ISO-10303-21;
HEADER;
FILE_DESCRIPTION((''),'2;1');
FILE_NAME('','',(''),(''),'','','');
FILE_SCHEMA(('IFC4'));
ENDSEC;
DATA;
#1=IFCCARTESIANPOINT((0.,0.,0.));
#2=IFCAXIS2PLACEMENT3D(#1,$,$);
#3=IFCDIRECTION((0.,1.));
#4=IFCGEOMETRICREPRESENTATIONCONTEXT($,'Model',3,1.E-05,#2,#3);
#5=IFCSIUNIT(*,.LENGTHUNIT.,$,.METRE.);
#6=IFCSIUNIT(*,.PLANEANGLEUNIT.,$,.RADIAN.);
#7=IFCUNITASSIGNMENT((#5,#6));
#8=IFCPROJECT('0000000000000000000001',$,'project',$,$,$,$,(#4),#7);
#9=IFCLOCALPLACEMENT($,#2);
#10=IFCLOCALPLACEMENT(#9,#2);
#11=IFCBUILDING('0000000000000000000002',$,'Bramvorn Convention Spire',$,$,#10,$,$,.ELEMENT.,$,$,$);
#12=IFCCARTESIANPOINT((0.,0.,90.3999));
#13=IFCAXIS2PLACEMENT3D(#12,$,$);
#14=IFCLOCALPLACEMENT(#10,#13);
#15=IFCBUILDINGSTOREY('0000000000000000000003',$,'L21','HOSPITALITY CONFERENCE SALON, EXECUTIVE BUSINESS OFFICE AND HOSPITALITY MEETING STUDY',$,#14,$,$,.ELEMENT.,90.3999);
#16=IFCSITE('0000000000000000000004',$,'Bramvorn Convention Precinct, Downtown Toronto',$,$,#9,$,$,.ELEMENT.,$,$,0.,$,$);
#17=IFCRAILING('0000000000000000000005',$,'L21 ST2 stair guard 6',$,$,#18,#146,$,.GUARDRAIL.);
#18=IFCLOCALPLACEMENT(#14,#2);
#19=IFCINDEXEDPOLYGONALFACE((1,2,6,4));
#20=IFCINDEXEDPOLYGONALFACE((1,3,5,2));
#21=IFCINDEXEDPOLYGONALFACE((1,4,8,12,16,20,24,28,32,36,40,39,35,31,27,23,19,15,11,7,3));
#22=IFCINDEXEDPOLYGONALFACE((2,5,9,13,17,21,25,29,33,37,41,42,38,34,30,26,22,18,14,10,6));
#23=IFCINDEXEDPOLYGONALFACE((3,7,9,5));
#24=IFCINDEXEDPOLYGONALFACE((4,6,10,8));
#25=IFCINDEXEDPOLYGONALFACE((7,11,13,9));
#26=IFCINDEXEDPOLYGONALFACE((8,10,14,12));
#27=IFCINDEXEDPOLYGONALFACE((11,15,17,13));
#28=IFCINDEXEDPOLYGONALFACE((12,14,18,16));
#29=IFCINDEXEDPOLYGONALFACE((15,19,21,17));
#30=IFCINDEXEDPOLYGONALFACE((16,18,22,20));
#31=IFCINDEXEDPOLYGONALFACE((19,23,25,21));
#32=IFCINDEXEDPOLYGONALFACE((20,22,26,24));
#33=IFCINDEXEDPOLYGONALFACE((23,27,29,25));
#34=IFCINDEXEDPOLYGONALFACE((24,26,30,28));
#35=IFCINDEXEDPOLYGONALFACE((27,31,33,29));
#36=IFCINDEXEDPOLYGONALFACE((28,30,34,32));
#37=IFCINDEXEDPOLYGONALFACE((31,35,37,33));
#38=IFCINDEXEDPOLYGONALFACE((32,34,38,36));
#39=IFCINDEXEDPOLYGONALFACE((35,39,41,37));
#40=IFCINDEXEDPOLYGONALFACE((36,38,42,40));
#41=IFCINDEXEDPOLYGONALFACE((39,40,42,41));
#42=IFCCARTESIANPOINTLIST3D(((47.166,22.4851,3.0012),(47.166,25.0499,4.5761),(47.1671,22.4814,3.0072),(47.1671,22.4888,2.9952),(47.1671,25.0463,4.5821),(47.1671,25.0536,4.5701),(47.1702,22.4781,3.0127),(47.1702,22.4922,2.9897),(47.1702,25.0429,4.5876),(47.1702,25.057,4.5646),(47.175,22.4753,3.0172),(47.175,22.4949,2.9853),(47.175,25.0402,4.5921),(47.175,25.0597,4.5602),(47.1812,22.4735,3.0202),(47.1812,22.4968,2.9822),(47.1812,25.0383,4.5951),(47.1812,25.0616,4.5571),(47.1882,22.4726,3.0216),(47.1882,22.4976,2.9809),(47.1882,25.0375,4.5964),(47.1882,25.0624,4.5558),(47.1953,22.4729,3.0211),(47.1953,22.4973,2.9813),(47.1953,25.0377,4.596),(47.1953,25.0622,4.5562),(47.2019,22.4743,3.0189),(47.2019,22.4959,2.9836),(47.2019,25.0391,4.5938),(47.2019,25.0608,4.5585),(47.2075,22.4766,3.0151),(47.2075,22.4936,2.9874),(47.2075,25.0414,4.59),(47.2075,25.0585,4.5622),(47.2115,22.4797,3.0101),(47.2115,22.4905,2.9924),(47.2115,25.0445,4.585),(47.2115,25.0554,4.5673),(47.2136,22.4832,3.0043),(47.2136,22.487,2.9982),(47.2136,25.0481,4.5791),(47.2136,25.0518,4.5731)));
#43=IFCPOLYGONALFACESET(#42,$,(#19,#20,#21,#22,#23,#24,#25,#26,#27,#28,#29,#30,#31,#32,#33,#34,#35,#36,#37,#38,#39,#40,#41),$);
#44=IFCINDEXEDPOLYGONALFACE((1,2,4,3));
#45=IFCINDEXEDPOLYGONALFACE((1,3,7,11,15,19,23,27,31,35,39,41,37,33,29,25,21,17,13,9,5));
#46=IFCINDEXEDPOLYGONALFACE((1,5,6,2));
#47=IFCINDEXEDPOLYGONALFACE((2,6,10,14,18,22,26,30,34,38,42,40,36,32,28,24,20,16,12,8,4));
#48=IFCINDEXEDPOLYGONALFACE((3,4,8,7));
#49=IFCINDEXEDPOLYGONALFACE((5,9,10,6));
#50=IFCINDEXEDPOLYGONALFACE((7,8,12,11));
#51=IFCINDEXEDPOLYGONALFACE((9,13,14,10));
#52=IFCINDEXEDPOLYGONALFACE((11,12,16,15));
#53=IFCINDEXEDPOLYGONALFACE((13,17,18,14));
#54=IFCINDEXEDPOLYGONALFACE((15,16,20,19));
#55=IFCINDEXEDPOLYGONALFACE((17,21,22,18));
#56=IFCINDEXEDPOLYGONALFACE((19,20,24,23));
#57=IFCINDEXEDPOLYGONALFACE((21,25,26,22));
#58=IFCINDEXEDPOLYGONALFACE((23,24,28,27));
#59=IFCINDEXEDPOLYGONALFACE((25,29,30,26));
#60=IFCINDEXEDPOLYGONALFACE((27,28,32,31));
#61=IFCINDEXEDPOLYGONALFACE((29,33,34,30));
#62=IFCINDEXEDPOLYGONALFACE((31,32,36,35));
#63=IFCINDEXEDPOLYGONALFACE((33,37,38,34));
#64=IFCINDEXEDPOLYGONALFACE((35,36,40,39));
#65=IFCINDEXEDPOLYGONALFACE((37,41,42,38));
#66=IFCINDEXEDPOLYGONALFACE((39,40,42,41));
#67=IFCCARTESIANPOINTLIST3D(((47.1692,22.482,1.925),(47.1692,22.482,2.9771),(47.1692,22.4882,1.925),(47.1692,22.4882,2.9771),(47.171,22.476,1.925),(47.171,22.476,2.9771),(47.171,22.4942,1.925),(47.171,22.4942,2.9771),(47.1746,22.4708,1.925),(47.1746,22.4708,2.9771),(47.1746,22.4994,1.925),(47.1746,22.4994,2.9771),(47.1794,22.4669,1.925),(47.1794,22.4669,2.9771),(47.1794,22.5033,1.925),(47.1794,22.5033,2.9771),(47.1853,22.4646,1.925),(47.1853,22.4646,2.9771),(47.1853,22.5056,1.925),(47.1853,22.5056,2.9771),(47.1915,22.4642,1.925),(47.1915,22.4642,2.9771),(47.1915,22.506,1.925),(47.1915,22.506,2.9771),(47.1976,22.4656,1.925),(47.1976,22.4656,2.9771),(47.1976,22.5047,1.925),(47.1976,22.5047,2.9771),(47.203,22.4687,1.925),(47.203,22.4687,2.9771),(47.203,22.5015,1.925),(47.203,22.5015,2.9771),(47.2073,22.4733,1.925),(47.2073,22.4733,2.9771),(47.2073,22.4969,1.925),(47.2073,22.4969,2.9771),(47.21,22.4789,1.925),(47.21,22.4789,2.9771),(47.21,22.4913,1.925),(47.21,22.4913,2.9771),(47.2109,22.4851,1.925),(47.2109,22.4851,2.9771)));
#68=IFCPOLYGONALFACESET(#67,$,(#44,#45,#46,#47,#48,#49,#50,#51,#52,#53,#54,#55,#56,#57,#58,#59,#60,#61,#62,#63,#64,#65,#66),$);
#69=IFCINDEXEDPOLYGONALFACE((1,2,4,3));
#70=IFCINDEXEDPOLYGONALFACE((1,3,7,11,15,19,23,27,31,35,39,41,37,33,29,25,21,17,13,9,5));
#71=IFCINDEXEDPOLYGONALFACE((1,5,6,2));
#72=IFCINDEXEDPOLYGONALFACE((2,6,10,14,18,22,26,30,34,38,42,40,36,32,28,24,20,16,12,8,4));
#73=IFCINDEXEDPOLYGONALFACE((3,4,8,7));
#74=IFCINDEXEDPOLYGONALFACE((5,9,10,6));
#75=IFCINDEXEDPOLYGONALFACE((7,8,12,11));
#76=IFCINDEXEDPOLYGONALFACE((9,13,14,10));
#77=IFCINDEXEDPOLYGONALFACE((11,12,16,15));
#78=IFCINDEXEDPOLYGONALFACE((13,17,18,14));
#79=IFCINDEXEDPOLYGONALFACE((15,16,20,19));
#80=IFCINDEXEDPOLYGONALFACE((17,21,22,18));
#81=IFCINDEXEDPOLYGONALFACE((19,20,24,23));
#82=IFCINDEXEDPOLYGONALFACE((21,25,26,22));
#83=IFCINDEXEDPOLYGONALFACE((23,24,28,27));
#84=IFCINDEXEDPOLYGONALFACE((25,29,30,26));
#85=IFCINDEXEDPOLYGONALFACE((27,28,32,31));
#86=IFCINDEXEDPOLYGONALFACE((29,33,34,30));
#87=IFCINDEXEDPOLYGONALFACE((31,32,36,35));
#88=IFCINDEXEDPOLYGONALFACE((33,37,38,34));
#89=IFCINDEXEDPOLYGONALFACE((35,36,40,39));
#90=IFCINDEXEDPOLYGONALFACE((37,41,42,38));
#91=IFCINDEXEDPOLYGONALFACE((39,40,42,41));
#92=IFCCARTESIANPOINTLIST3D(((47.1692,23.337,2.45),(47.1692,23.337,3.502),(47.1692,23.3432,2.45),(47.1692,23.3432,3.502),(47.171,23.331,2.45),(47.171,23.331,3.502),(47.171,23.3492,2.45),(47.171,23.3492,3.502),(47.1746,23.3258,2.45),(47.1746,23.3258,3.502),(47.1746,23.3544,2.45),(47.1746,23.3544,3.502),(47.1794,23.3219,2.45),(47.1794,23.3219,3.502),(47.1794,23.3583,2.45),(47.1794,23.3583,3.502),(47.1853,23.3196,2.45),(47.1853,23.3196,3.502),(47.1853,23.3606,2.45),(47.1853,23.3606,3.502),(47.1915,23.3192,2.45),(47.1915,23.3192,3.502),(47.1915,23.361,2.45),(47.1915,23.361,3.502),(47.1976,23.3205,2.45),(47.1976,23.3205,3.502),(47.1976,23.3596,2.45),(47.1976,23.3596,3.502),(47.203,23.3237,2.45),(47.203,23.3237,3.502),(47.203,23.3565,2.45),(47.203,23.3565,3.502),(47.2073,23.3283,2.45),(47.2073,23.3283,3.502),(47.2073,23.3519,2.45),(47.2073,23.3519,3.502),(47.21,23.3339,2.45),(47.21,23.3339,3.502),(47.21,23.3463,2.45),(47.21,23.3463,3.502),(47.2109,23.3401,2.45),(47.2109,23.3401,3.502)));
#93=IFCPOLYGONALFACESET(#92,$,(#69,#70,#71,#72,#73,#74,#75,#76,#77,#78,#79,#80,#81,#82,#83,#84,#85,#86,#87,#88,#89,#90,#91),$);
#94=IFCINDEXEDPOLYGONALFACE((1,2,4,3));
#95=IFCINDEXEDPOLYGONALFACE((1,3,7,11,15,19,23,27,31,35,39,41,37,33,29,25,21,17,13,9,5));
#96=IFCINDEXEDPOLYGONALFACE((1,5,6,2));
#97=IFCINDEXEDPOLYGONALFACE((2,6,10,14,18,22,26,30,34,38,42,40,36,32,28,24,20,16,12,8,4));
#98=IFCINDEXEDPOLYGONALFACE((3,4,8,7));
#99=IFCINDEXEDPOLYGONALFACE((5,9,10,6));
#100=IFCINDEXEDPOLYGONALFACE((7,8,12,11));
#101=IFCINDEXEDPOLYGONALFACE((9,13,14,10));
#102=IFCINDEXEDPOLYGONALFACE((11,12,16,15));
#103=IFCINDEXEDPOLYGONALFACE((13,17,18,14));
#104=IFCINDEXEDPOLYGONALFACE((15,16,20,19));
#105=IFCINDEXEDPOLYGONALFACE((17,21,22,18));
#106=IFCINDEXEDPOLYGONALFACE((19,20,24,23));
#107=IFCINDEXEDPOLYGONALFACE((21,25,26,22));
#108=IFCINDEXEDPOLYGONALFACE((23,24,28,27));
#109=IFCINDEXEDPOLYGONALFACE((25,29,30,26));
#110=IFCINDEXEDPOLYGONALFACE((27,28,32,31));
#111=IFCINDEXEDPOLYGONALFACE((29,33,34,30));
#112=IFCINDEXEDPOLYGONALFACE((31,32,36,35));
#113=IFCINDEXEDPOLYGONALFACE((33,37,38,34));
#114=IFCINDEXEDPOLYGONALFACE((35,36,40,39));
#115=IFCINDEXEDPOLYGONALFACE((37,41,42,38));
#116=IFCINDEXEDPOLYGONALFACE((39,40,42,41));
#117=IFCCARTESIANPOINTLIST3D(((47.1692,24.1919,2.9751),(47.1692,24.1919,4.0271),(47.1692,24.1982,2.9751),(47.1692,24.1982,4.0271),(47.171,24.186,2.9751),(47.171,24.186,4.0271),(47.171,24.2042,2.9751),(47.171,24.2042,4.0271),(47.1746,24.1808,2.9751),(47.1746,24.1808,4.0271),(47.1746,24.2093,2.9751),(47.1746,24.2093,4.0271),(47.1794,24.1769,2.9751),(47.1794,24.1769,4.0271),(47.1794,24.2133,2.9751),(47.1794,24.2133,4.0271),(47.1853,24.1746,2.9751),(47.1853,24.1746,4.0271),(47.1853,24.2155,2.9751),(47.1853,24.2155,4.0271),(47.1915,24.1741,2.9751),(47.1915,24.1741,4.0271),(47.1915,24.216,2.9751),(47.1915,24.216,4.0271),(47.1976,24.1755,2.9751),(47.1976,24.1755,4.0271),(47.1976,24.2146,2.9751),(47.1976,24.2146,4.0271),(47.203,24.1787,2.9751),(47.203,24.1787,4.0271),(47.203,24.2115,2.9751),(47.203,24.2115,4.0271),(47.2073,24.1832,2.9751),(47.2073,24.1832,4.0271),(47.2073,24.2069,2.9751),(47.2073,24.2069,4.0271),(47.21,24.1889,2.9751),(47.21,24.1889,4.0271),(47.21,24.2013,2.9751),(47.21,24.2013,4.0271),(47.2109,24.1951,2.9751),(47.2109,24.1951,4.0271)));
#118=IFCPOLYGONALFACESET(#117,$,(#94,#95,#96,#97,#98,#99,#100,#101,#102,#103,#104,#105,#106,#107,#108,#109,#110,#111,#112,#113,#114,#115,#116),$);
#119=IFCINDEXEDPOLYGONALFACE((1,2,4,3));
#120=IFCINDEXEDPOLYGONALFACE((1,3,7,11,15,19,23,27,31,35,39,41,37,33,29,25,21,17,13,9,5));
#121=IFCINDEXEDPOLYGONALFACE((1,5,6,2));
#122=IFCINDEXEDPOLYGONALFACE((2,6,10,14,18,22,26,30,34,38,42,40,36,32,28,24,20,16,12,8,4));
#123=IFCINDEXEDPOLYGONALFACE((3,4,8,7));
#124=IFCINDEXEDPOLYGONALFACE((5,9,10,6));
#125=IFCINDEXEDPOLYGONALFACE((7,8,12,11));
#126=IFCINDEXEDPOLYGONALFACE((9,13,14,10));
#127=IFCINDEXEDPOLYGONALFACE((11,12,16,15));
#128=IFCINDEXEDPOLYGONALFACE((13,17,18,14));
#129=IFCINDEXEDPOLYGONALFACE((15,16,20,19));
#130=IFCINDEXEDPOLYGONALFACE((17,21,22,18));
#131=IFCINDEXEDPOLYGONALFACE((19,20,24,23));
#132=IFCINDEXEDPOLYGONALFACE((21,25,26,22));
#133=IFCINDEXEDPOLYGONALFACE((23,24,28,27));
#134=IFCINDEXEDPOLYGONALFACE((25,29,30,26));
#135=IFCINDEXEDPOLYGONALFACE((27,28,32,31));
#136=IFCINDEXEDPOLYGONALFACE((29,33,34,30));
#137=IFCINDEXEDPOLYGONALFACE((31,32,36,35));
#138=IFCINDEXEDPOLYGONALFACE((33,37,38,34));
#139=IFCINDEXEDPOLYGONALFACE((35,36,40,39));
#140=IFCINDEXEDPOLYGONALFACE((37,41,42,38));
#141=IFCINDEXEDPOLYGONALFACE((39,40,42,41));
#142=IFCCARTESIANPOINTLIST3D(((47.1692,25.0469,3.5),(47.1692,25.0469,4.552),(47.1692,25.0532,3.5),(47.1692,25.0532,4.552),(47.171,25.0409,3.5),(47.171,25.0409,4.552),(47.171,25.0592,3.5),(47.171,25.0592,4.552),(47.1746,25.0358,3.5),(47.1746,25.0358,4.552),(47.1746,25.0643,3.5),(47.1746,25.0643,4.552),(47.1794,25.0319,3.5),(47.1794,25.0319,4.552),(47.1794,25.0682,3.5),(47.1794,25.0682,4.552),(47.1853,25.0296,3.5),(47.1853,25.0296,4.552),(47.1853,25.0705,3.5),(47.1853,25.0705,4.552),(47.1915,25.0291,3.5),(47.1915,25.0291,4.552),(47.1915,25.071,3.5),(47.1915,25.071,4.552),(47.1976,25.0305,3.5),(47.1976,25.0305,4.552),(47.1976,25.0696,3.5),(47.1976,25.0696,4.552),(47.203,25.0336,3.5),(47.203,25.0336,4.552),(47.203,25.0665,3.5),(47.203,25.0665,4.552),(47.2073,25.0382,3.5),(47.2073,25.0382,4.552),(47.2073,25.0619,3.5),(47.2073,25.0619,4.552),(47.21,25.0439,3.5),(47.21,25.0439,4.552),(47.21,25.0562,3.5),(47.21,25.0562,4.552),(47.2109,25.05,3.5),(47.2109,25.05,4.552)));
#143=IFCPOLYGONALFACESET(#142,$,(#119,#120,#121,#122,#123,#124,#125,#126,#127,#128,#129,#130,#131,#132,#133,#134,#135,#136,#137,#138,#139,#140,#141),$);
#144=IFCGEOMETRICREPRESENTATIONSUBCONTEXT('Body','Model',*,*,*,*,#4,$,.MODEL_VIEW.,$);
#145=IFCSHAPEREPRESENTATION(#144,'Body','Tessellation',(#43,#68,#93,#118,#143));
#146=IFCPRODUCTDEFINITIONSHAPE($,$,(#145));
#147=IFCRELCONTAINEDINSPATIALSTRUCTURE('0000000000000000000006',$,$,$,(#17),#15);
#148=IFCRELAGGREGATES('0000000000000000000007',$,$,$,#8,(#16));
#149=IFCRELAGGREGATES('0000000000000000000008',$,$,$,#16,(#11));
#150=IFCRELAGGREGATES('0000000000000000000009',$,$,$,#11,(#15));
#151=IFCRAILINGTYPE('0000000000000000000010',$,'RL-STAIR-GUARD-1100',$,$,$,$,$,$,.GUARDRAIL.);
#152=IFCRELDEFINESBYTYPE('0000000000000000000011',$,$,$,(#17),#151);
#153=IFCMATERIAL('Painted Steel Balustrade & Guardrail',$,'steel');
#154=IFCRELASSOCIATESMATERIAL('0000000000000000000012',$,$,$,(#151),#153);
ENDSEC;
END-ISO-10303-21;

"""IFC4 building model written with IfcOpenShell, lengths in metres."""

from ifc_helpers import new_model, si_unit, direction, frame, origin, origin_2d, place, context, subcontext, project, spatial, circle, extrude, material, type_object, element, save


model = new_model("IFC4")

# Units and contexts
model_context = context("Model", 3, precision=1e-05, world=origin(), true_north=direction((0.0, 1.0)))
body_context = subcontext(model_context, "Body", "Model", "MODEL_VIEW")
ifc_project = project(units=[si_unit("LENGTHUNIT", "METRE"), si_unit("PLANEANGLEUNIT", "RADIAN")], contexts=[model_context])

# Site, building, storey
site_placement = place(None, origin())
site = spatial("IfcSite", under=ifc_project, at=site_placement, Name="Bramvorn Convention Precinct, Downtown Toronto", CompositionType="ELEMENT", RefElevation=0.0)
building_placement = place(site_placement, origin())
building = spatial("IfcBuilding", under=site, at=building_placement, Name="Bramvorn Convention Spire", CompositionType="ELEMENT")
storey_placement = place(building_placement, frame((0.0, 0.0, 90.3999)))
storey = spatial("IfcBuildingStorey", under=building, at=storey_placement, Name="L21", Description="HOSPITALITY CONFERENCE SALON, EXECUTIVE BUSINESS OFFICE AND HOSPITALITY MEETING STUDY", CompositionType="ELEMENT", Elevation=90.3999)

# Railing
ifc_material_1 = material(Name="Painted Steel Balustrade & Guardrail", Category="steel")
railing_type_1 = type_object("IfcRailingType", Name="RL-STAIR-GUARD-1100", PredefinedType="GUARDRAIL", material=ifc_material_1)
railing_1_placement = place(storey_placement, frame((47.1899, 22.4851, 1.925)))
element("IfcRailing", 1, at=railing_1_placement, inside=storey, type_object=railing_type_1, Name="L21 ST2 stair guard 6", PredefinedType="GUARDRAIL", context=body_context, shape_type="SweptSolid", body=[
    extrude(circle(Radius=0.0239, at=origin_2d()), frame((0.0, 0.0, 1.0762), z_axis=(0.0, 0.852173, 0.52326), x_axis=(-1.0, 0.0, 0.0)), (0.0, 0.0, 1.0), 3.0098),
    extrude(circle(Radius=0.021, at=origin_2d()), origin(), (0.0, 0.0, 1.0), 1.052),
    extrude(circle(Radius=0.021, at=origin_2d()), frame((0.0, 0.855, 0.5249)), (0.0, 0.0, 1.0), 1.052),
    extrude(circle(Radius=0.021, at=origin_2d()), frame((0.0, 1.71, 1.05)), (0.0, 0.0, 1.0), 1.052),
    extrude(circle(Radius=0.021, at=origin_2d()), frame((0.0, 2.5649, 1.575)), (0.0, 0.0, 1.0), 1.052),
])

save(model, "model.ifc")
